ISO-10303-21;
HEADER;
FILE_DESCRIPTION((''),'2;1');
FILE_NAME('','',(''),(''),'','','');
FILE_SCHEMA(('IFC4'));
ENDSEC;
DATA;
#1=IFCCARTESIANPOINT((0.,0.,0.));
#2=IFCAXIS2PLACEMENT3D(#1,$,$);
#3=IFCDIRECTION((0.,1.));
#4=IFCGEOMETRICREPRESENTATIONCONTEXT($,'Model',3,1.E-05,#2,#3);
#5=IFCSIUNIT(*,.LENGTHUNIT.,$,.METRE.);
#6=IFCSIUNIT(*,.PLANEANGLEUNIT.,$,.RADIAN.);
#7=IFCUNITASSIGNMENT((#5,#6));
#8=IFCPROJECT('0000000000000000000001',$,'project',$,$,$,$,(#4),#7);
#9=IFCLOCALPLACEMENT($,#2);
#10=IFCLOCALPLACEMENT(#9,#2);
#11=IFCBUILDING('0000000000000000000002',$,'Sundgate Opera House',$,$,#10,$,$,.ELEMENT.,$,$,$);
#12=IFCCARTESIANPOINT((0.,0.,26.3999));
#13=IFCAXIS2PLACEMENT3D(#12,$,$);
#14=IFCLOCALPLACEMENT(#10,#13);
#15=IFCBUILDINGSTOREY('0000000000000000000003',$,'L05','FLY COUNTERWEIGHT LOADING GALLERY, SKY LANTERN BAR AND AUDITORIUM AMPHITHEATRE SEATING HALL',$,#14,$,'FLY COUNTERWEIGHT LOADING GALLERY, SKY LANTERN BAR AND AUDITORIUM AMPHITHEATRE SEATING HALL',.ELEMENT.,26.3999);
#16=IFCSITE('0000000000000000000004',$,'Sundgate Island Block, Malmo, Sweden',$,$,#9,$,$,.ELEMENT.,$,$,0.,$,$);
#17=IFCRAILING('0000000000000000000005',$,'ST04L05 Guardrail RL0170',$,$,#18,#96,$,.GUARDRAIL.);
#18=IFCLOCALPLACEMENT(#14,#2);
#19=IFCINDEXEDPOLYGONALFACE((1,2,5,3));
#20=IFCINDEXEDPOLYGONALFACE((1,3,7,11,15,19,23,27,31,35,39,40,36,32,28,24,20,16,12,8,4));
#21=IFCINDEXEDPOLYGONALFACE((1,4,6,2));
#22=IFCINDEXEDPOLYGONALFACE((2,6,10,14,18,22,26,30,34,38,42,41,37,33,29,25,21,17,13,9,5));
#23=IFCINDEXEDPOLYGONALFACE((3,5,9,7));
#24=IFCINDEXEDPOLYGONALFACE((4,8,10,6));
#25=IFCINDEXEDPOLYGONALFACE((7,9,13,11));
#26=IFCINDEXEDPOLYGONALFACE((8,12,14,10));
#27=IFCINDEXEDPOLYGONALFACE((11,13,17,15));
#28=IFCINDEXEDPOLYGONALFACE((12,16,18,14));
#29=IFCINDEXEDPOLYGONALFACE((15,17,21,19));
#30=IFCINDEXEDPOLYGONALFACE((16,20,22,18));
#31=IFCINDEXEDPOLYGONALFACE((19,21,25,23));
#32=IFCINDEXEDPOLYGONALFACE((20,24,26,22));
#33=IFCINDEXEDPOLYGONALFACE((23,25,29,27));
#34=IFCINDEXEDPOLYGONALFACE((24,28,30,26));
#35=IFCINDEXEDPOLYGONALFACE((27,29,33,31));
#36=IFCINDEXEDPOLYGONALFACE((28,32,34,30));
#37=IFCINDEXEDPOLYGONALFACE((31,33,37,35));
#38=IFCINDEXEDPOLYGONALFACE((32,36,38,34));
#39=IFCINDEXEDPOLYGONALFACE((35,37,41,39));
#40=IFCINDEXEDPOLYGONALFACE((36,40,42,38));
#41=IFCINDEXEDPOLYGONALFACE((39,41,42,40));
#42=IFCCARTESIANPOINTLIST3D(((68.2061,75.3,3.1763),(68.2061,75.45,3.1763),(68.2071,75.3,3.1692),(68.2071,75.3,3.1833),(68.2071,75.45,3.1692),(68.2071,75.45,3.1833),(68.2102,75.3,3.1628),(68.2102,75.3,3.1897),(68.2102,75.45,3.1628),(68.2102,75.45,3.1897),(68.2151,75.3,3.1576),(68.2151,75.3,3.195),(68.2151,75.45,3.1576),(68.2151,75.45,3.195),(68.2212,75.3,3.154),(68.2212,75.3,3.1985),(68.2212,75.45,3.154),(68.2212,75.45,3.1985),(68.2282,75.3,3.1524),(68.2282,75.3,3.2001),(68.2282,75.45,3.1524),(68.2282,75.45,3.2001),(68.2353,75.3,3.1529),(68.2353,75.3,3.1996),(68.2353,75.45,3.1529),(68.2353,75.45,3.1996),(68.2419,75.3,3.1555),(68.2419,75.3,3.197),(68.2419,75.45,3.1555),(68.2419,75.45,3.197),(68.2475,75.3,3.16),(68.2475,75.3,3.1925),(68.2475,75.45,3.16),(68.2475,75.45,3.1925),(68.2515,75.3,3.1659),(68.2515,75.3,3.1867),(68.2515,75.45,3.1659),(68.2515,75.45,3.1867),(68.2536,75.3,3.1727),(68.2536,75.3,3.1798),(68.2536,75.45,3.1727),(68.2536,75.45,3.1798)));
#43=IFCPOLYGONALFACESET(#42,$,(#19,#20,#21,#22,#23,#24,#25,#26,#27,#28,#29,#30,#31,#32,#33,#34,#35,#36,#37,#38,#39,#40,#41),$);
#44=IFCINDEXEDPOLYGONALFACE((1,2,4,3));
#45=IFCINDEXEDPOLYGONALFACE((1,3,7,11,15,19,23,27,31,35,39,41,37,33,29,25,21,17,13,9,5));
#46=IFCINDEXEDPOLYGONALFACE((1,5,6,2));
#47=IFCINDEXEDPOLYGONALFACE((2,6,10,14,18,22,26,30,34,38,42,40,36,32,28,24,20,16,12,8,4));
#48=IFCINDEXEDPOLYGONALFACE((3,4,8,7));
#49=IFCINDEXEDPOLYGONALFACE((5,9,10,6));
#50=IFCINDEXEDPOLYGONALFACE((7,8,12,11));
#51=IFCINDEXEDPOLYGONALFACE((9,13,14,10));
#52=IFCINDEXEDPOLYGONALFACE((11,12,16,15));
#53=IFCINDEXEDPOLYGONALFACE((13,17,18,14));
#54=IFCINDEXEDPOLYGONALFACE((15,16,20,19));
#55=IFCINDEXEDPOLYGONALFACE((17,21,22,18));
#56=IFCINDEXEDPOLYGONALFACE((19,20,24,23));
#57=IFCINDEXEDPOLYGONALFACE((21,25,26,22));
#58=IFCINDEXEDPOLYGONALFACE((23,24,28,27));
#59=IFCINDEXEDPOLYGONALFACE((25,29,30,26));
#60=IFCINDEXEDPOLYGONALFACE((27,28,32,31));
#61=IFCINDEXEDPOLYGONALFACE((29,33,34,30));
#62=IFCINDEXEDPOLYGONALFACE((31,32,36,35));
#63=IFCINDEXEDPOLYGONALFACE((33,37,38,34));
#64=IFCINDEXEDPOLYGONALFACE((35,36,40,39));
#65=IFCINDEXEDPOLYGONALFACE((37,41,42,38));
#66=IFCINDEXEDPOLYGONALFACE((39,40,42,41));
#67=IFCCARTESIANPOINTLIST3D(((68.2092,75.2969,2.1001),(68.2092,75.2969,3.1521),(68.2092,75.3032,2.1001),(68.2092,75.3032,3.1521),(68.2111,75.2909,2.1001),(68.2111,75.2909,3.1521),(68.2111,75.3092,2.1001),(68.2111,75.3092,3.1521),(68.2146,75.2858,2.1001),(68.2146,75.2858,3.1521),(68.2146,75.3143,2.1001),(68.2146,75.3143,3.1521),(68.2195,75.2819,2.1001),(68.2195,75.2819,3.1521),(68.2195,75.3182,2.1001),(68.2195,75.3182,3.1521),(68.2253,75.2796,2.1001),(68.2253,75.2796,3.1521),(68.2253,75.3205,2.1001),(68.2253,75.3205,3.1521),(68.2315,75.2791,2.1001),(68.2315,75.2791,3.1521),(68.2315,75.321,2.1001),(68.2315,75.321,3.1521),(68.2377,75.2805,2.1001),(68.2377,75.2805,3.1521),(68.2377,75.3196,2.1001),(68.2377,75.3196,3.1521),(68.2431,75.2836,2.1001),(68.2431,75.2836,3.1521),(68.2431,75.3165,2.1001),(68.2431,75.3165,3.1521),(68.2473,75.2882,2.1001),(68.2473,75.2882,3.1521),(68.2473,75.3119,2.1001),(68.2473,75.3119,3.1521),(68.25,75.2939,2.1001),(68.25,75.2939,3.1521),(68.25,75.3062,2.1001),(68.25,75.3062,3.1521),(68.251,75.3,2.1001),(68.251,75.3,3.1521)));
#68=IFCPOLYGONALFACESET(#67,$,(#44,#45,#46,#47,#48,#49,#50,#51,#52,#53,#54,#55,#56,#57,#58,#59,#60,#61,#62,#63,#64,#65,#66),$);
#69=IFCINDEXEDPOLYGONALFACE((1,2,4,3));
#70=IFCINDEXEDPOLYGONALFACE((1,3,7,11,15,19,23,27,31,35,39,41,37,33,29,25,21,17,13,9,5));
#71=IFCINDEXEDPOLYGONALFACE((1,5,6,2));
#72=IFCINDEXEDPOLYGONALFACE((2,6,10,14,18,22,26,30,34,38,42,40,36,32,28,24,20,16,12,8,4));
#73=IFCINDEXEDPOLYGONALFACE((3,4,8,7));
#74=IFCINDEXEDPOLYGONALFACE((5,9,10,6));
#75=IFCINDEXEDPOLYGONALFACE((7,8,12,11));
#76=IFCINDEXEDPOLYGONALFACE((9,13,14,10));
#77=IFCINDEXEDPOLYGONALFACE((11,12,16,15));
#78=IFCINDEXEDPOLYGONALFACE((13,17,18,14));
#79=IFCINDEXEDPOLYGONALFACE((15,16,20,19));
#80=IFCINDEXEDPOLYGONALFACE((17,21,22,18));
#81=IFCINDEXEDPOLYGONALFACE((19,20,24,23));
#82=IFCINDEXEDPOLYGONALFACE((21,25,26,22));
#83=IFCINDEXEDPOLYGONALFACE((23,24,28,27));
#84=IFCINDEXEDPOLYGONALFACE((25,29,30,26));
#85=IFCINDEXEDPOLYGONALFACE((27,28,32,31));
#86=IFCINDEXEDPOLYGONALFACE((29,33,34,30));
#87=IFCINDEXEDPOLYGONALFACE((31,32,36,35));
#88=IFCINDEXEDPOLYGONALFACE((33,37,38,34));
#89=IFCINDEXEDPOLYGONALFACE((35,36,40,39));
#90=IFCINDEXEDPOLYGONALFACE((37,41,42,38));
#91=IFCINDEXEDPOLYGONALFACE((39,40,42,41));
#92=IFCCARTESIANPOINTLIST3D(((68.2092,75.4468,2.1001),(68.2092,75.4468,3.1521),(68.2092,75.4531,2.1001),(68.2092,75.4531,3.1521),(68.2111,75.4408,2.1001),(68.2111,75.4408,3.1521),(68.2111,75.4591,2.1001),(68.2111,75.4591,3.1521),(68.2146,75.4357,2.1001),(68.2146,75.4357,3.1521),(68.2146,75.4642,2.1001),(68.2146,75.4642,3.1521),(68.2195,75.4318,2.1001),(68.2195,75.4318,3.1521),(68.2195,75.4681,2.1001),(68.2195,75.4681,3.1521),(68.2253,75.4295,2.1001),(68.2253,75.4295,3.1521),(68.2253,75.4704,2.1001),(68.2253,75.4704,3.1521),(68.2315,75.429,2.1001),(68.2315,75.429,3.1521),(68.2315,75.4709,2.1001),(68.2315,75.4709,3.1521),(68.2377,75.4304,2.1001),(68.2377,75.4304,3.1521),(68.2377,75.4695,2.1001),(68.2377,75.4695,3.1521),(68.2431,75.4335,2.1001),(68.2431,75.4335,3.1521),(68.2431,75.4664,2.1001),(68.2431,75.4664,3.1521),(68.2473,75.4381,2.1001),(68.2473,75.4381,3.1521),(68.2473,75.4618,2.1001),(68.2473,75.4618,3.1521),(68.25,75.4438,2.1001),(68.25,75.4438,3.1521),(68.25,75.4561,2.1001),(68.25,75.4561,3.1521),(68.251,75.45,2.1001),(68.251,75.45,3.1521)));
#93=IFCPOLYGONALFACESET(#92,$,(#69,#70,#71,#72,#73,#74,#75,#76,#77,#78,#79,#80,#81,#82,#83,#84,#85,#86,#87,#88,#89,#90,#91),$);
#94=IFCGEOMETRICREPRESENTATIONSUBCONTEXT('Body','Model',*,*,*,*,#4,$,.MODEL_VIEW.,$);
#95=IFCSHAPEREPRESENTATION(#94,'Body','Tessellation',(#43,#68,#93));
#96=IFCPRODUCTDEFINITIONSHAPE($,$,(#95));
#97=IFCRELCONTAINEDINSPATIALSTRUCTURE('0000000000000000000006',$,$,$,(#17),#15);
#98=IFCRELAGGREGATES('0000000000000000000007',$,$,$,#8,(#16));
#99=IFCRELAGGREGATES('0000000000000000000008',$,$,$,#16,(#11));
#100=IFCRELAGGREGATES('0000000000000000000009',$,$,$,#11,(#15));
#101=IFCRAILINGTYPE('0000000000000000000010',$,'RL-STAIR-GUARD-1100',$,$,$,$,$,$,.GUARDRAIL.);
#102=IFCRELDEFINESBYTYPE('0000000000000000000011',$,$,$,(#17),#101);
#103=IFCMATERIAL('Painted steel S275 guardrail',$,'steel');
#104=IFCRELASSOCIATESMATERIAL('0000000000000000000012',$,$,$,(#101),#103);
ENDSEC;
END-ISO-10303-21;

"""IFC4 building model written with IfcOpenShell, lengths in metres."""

from ifc_helpers import new_model, si_unit, direction, frame, origin, origin_2d, place, context, subcontext, project, spatial, circle, extrude, material, type_object, element, save


model = new_model("IFC4")

# Units and contexts
model_context = context("Model", 3, precision=1e-05, world=origin(), true_north=direction((0.0, 1.0)))
body_context = subcontext(model_context, "Body", "Model", "MODEL_VIEW")
ifc_project = project(units=[si_unit("LENGTHUNIT", "METRE"), si_unit("PLANEANGLEUNIT", "RADIAN")], contexts=[model_context])

# Site, building, storey
site_placement = place(None, origin())
site = spatial("IfcSite", under=ifc_project, at=site_placement, Name="Sundgate Island Block, Malmo, Sweden", CompositionType="ELEMENT", RefElevation=0.0)
building_placement = place(site_placement, origin())
building = spatial("IfcBuilding", under=site, at=building_placement, Name="Sundgate Opera House", CompositionType="ELEMENT")
storey_placement = place(building_placement, frame((0.0, 0.0, 26.3999)))
storey = spatial("IfcBuildingStorey", under=building, at=storey_placement, Name="L05", Description="FLY COUNTERWEIGHT LOADING GALLERY, SKY LANTERN BAR AND AUDITORIUM AMPHITHEATRE SEATING HALL", LongName="FLY COUNTERWEIGHT LOADING GALLERY, SKY LANTERN BAR AND AUDITORIUM AMPHITHEATRE SEATING HALL", CompositionType="ELEMENT", Elevation=26.3999)

# Railing
ifc_material_1 = material(Name="Painted steel S275 guardrail", Category="steel")
railing_type_1 = type_object("IfcRailingType", Name="RL-STAIR-GUARD-1100", PredefinedType="GUARDRAIL", material=ifc_material_1)
railing_1_placement = place(storey_placement, frame((68.23, 75.3, 2.1001)))
element("IfcRailing", 1, at=railing_1_placement, inside=storey, type_object=railing_type_1, Name="ST04L05 Guardrail RL0170", PredefinedType="GUARDRAIL", context=body_context, shape_type="SweptSolid", body=[
    extrude(circle(Radius=0.0239, at=origin_2d()), frame((0.0, 0.0, 1.0762), z_axis=(0.0, 1.0, 0.0), x_axis=(-1.0, 0.0, 0.0)), (0.0, 0.0, 1.0), 0.1499),
    extrude(circle(Radius=0.021, at=origin_2d()), origin(), (0.0, 0.0, 1.0), 1.052),
    extrude(circle(Radius=0.021, at=origin_2d()), frame((0.0, 0.1499, 0.0)), (0.0, 0.0, 1.0), 1.052),
])

save(model, "model.ifc")
